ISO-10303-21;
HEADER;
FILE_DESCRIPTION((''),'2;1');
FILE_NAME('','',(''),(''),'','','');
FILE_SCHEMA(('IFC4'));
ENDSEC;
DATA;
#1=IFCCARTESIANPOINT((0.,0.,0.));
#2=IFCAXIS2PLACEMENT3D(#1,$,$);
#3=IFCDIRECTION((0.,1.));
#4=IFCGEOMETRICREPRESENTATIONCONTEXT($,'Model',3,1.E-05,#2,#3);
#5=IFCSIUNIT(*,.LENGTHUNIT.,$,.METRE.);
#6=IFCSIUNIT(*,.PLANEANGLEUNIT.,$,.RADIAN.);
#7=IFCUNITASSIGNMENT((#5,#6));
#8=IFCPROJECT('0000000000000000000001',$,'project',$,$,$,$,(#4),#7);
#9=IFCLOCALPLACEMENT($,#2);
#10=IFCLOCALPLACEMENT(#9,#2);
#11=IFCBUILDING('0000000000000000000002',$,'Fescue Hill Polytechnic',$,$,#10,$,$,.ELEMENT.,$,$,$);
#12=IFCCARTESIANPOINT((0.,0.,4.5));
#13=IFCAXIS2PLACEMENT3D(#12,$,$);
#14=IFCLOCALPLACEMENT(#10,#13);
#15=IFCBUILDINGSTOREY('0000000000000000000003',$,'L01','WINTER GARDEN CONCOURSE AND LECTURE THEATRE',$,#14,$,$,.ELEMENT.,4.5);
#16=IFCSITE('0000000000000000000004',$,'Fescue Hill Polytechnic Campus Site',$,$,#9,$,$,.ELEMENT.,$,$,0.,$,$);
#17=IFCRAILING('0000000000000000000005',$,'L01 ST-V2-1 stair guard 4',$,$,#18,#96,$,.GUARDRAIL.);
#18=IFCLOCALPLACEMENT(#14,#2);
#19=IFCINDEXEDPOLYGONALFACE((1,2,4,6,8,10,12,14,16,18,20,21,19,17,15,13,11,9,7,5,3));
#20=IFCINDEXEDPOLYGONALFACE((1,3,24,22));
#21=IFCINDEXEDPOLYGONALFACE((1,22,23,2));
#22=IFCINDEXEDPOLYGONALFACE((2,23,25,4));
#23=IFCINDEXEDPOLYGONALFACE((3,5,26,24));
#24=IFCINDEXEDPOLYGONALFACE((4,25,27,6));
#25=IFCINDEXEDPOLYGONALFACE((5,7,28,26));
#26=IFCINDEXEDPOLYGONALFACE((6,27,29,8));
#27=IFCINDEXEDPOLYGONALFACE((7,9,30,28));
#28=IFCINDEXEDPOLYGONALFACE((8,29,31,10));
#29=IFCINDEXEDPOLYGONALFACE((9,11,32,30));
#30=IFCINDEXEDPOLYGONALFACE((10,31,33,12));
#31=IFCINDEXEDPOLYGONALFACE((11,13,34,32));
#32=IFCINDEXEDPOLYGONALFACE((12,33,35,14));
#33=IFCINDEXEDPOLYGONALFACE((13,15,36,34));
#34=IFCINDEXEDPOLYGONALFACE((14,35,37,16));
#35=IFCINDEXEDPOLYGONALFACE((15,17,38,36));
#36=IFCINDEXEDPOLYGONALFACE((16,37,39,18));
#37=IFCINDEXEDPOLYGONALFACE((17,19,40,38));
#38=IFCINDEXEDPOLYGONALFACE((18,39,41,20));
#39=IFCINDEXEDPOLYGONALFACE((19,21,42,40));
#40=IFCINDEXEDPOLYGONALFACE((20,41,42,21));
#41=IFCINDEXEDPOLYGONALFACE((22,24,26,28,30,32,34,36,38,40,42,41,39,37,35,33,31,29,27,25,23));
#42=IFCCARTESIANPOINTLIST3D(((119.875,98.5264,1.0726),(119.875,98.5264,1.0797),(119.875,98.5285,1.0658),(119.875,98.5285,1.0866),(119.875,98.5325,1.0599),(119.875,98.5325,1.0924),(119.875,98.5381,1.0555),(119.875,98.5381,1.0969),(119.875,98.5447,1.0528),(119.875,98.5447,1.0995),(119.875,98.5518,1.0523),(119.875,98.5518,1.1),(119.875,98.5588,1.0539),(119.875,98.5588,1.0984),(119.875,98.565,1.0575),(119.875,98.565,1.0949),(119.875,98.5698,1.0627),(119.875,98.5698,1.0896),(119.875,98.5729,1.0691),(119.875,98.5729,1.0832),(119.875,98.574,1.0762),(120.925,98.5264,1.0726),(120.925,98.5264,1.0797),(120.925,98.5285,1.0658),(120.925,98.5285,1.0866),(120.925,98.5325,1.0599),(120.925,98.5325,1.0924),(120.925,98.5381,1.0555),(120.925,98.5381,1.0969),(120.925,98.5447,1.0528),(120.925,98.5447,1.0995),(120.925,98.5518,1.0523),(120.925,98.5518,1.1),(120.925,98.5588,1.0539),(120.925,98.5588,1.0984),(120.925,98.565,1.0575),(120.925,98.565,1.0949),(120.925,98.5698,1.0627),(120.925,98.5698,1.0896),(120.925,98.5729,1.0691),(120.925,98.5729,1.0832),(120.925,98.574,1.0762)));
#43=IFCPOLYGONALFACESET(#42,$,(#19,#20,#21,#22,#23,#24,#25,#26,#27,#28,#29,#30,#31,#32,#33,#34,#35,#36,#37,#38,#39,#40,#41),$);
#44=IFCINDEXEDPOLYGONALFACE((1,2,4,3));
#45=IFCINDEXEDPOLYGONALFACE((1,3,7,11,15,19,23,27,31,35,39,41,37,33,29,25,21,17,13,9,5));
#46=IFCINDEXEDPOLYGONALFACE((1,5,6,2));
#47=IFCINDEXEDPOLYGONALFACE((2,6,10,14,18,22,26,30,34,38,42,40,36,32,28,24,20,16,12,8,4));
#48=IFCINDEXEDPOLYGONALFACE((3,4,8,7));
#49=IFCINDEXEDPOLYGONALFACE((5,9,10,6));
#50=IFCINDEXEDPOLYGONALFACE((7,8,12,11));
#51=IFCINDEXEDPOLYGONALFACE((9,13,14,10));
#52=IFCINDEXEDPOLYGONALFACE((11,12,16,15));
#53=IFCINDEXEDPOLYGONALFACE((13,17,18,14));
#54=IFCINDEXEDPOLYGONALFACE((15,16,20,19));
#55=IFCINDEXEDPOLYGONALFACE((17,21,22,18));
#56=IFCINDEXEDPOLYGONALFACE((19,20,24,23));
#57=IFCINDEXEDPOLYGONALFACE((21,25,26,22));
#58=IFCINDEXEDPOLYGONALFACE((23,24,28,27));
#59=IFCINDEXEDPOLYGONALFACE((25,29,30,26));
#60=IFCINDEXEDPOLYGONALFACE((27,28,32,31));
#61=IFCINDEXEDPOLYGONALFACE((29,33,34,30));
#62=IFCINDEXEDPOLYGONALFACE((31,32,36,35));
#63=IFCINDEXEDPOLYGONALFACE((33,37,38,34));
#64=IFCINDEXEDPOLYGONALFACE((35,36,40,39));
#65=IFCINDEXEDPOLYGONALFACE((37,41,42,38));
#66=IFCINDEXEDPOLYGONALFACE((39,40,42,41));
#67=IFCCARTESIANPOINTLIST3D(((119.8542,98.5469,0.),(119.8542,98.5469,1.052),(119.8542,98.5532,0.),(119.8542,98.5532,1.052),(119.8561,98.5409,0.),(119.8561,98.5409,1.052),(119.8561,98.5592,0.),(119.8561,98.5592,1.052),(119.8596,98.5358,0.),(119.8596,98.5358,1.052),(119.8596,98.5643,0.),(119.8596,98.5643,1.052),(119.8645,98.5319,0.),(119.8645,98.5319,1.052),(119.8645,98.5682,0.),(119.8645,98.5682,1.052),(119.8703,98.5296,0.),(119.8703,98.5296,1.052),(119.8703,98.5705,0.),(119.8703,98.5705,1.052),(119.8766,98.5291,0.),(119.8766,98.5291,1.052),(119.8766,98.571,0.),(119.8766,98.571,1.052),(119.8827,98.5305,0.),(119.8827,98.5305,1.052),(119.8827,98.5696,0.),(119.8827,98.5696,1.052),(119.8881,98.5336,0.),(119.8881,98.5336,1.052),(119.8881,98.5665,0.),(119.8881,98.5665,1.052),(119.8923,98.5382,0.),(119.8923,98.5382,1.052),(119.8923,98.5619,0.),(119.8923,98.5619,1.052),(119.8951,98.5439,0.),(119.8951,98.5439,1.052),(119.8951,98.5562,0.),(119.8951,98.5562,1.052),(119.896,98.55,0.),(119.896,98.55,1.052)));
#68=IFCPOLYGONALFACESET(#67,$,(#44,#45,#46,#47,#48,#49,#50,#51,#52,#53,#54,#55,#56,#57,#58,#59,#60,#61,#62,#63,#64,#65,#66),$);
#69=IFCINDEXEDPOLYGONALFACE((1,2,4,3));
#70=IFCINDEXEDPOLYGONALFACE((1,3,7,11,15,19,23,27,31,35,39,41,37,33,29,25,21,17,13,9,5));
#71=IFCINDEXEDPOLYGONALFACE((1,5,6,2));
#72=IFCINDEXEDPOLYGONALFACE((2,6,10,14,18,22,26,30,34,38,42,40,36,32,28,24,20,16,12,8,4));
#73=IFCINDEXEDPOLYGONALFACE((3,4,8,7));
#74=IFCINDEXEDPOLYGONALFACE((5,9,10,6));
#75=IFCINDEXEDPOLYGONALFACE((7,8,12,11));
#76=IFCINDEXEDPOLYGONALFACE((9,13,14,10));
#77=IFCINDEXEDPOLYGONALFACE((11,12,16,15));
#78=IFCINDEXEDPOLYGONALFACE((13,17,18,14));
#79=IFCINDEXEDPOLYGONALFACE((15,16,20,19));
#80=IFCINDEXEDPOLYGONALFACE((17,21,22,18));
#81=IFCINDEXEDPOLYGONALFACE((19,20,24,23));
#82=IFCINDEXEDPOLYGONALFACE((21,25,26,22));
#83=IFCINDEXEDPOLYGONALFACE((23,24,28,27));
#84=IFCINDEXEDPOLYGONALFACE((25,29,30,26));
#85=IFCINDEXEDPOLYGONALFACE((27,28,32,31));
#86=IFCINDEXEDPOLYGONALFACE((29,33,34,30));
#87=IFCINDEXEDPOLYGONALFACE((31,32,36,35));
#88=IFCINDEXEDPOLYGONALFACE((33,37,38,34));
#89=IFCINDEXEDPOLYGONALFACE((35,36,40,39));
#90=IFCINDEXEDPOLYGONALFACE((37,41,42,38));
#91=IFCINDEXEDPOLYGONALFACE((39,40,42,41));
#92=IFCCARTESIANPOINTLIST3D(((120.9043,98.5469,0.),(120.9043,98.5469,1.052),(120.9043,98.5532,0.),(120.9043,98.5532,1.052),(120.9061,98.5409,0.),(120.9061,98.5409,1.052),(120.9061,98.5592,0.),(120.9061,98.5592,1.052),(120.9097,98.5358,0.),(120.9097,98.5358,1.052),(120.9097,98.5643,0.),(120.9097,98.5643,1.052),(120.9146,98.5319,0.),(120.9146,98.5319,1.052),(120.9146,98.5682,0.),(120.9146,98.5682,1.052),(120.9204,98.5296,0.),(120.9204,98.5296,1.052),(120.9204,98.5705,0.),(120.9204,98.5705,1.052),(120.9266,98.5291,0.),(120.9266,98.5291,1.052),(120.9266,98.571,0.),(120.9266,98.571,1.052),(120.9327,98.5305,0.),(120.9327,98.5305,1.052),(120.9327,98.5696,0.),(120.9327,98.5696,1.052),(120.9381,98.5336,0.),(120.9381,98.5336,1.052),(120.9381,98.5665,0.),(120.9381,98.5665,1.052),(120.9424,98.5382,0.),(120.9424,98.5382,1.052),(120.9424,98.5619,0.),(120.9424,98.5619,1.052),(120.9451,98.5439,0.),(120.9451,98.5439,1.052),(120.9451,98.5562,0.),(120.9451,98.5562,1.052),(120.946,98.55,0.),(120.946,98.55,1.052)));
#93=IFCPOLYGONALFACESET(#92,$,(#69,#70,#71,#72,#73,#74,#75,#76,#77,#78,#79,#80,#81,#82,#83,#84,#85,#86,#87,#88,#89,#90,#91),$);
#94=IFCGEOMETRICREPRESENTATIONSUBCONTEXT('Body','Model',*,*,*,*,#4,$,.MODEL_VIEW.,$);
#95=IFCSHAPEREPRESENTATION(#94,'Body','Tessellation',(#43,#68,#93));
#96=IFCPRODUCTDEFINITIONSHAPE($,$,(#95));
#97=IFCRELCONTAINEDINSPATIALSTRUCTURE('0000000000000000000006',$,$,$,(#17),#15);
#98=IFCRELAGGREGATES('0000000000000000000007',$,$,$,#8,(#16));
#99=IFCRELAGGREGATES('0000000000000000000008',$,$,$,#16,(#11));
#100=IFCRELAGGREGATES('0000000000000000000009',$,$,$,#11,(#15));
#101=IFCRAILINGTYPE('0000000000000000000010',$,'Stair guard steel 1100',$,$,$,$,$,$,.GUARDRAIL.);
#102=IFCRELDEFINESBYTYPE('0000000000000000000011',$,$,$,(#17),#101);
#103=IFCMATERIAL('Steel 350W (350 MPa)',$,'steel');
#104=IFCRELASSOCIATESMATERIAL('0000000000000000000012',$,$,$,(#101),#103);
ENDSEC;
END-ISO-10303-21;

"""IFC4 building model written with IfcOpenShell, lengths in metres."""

from ifc_helpers import new_model, si_unit, direction, frame, origin, origin_2d, place, context, subcontext, project, spatial, circle, extrude, material, type_object, element, save


model = new_model("IFC4")

# Units and contexts
model_context = context("Model", 3, precision=1e-05, world=origin(), true_north=direction((0.0, 1.0)))
body_context = subcontext(model_context, "Body", "Model", "MODEL_VIEW")
ifc_project = project(units=[si_unit("LENGTHUNIT", "METRE"), si_unit("PLANEANGLEUNIT", "RADIAN")], contexts=[model_context])

# Site, building, storey
site_placement = place(None, origin())
site = spatial("IfcSite", under=ifc_project, at=site_placement, Name="Fescue Hill Polytechnic Campus Site", CompositionType="ELEMENT", RefElevation=0.0)
building_placement = place(site_placement, origin())
building = spatial("IfcBuilding", under=site, at=building_placement, Name="Fescue Hill Polytechnic", CompositionType="ELEMENT")
storey_placement = place(building_placement, frame((0.0, 0.0, 4.5)))
storey = spatial("IfcBuildingStorey", under=building, at=storey_placement, Name="L01", Description="WINTER GARDEN CONCOURSE AND LECTURE THEATRE", CompositionType="ELEMENT", Elevation=4.5)

# Railing
ifc_material_1 = material(Name="Steel 350W (350 MPa)", Category="steel")
railing_type_1 = type_object("IfcRailingType", Name="Stair guard steel 1100", PredefinedType="GUARDRAIL", material=ifc_material_1)
railing_1_placement = place(storey_placement, frame((119.875, 98.55, 0.0)))
element("IfcRailing", 1, at=railing_1_placement, inside=storey, type_object=railing_type_1, Name="L01 ST-V2-1 stair guard 4", PredefinedType="GUARDRAIL", context=body_context, shape_type="SweptSolid", body=[
    extrude(circle(Radius=0.0239, at=origin_2d()), frame((0.0, 0.0, 1.0762), z_axis=(1.0, 0.0, 0.0), x_axis=(0.0, 1.0, 0.0)), (0.0, 0.0, 1.0), 1.05),
    extrude(circle(Radius=0.021, at=origin_2d()), origin(), (0.0, 0.0, 1.0), 1.052),
    extrude(circle(Radius=0.021, at=origin_2d()), frame((1.05, 0.0, 0.0)), (0.0, 0.0, 1.0), 1.052),
])

save(model, "model.ifc")
